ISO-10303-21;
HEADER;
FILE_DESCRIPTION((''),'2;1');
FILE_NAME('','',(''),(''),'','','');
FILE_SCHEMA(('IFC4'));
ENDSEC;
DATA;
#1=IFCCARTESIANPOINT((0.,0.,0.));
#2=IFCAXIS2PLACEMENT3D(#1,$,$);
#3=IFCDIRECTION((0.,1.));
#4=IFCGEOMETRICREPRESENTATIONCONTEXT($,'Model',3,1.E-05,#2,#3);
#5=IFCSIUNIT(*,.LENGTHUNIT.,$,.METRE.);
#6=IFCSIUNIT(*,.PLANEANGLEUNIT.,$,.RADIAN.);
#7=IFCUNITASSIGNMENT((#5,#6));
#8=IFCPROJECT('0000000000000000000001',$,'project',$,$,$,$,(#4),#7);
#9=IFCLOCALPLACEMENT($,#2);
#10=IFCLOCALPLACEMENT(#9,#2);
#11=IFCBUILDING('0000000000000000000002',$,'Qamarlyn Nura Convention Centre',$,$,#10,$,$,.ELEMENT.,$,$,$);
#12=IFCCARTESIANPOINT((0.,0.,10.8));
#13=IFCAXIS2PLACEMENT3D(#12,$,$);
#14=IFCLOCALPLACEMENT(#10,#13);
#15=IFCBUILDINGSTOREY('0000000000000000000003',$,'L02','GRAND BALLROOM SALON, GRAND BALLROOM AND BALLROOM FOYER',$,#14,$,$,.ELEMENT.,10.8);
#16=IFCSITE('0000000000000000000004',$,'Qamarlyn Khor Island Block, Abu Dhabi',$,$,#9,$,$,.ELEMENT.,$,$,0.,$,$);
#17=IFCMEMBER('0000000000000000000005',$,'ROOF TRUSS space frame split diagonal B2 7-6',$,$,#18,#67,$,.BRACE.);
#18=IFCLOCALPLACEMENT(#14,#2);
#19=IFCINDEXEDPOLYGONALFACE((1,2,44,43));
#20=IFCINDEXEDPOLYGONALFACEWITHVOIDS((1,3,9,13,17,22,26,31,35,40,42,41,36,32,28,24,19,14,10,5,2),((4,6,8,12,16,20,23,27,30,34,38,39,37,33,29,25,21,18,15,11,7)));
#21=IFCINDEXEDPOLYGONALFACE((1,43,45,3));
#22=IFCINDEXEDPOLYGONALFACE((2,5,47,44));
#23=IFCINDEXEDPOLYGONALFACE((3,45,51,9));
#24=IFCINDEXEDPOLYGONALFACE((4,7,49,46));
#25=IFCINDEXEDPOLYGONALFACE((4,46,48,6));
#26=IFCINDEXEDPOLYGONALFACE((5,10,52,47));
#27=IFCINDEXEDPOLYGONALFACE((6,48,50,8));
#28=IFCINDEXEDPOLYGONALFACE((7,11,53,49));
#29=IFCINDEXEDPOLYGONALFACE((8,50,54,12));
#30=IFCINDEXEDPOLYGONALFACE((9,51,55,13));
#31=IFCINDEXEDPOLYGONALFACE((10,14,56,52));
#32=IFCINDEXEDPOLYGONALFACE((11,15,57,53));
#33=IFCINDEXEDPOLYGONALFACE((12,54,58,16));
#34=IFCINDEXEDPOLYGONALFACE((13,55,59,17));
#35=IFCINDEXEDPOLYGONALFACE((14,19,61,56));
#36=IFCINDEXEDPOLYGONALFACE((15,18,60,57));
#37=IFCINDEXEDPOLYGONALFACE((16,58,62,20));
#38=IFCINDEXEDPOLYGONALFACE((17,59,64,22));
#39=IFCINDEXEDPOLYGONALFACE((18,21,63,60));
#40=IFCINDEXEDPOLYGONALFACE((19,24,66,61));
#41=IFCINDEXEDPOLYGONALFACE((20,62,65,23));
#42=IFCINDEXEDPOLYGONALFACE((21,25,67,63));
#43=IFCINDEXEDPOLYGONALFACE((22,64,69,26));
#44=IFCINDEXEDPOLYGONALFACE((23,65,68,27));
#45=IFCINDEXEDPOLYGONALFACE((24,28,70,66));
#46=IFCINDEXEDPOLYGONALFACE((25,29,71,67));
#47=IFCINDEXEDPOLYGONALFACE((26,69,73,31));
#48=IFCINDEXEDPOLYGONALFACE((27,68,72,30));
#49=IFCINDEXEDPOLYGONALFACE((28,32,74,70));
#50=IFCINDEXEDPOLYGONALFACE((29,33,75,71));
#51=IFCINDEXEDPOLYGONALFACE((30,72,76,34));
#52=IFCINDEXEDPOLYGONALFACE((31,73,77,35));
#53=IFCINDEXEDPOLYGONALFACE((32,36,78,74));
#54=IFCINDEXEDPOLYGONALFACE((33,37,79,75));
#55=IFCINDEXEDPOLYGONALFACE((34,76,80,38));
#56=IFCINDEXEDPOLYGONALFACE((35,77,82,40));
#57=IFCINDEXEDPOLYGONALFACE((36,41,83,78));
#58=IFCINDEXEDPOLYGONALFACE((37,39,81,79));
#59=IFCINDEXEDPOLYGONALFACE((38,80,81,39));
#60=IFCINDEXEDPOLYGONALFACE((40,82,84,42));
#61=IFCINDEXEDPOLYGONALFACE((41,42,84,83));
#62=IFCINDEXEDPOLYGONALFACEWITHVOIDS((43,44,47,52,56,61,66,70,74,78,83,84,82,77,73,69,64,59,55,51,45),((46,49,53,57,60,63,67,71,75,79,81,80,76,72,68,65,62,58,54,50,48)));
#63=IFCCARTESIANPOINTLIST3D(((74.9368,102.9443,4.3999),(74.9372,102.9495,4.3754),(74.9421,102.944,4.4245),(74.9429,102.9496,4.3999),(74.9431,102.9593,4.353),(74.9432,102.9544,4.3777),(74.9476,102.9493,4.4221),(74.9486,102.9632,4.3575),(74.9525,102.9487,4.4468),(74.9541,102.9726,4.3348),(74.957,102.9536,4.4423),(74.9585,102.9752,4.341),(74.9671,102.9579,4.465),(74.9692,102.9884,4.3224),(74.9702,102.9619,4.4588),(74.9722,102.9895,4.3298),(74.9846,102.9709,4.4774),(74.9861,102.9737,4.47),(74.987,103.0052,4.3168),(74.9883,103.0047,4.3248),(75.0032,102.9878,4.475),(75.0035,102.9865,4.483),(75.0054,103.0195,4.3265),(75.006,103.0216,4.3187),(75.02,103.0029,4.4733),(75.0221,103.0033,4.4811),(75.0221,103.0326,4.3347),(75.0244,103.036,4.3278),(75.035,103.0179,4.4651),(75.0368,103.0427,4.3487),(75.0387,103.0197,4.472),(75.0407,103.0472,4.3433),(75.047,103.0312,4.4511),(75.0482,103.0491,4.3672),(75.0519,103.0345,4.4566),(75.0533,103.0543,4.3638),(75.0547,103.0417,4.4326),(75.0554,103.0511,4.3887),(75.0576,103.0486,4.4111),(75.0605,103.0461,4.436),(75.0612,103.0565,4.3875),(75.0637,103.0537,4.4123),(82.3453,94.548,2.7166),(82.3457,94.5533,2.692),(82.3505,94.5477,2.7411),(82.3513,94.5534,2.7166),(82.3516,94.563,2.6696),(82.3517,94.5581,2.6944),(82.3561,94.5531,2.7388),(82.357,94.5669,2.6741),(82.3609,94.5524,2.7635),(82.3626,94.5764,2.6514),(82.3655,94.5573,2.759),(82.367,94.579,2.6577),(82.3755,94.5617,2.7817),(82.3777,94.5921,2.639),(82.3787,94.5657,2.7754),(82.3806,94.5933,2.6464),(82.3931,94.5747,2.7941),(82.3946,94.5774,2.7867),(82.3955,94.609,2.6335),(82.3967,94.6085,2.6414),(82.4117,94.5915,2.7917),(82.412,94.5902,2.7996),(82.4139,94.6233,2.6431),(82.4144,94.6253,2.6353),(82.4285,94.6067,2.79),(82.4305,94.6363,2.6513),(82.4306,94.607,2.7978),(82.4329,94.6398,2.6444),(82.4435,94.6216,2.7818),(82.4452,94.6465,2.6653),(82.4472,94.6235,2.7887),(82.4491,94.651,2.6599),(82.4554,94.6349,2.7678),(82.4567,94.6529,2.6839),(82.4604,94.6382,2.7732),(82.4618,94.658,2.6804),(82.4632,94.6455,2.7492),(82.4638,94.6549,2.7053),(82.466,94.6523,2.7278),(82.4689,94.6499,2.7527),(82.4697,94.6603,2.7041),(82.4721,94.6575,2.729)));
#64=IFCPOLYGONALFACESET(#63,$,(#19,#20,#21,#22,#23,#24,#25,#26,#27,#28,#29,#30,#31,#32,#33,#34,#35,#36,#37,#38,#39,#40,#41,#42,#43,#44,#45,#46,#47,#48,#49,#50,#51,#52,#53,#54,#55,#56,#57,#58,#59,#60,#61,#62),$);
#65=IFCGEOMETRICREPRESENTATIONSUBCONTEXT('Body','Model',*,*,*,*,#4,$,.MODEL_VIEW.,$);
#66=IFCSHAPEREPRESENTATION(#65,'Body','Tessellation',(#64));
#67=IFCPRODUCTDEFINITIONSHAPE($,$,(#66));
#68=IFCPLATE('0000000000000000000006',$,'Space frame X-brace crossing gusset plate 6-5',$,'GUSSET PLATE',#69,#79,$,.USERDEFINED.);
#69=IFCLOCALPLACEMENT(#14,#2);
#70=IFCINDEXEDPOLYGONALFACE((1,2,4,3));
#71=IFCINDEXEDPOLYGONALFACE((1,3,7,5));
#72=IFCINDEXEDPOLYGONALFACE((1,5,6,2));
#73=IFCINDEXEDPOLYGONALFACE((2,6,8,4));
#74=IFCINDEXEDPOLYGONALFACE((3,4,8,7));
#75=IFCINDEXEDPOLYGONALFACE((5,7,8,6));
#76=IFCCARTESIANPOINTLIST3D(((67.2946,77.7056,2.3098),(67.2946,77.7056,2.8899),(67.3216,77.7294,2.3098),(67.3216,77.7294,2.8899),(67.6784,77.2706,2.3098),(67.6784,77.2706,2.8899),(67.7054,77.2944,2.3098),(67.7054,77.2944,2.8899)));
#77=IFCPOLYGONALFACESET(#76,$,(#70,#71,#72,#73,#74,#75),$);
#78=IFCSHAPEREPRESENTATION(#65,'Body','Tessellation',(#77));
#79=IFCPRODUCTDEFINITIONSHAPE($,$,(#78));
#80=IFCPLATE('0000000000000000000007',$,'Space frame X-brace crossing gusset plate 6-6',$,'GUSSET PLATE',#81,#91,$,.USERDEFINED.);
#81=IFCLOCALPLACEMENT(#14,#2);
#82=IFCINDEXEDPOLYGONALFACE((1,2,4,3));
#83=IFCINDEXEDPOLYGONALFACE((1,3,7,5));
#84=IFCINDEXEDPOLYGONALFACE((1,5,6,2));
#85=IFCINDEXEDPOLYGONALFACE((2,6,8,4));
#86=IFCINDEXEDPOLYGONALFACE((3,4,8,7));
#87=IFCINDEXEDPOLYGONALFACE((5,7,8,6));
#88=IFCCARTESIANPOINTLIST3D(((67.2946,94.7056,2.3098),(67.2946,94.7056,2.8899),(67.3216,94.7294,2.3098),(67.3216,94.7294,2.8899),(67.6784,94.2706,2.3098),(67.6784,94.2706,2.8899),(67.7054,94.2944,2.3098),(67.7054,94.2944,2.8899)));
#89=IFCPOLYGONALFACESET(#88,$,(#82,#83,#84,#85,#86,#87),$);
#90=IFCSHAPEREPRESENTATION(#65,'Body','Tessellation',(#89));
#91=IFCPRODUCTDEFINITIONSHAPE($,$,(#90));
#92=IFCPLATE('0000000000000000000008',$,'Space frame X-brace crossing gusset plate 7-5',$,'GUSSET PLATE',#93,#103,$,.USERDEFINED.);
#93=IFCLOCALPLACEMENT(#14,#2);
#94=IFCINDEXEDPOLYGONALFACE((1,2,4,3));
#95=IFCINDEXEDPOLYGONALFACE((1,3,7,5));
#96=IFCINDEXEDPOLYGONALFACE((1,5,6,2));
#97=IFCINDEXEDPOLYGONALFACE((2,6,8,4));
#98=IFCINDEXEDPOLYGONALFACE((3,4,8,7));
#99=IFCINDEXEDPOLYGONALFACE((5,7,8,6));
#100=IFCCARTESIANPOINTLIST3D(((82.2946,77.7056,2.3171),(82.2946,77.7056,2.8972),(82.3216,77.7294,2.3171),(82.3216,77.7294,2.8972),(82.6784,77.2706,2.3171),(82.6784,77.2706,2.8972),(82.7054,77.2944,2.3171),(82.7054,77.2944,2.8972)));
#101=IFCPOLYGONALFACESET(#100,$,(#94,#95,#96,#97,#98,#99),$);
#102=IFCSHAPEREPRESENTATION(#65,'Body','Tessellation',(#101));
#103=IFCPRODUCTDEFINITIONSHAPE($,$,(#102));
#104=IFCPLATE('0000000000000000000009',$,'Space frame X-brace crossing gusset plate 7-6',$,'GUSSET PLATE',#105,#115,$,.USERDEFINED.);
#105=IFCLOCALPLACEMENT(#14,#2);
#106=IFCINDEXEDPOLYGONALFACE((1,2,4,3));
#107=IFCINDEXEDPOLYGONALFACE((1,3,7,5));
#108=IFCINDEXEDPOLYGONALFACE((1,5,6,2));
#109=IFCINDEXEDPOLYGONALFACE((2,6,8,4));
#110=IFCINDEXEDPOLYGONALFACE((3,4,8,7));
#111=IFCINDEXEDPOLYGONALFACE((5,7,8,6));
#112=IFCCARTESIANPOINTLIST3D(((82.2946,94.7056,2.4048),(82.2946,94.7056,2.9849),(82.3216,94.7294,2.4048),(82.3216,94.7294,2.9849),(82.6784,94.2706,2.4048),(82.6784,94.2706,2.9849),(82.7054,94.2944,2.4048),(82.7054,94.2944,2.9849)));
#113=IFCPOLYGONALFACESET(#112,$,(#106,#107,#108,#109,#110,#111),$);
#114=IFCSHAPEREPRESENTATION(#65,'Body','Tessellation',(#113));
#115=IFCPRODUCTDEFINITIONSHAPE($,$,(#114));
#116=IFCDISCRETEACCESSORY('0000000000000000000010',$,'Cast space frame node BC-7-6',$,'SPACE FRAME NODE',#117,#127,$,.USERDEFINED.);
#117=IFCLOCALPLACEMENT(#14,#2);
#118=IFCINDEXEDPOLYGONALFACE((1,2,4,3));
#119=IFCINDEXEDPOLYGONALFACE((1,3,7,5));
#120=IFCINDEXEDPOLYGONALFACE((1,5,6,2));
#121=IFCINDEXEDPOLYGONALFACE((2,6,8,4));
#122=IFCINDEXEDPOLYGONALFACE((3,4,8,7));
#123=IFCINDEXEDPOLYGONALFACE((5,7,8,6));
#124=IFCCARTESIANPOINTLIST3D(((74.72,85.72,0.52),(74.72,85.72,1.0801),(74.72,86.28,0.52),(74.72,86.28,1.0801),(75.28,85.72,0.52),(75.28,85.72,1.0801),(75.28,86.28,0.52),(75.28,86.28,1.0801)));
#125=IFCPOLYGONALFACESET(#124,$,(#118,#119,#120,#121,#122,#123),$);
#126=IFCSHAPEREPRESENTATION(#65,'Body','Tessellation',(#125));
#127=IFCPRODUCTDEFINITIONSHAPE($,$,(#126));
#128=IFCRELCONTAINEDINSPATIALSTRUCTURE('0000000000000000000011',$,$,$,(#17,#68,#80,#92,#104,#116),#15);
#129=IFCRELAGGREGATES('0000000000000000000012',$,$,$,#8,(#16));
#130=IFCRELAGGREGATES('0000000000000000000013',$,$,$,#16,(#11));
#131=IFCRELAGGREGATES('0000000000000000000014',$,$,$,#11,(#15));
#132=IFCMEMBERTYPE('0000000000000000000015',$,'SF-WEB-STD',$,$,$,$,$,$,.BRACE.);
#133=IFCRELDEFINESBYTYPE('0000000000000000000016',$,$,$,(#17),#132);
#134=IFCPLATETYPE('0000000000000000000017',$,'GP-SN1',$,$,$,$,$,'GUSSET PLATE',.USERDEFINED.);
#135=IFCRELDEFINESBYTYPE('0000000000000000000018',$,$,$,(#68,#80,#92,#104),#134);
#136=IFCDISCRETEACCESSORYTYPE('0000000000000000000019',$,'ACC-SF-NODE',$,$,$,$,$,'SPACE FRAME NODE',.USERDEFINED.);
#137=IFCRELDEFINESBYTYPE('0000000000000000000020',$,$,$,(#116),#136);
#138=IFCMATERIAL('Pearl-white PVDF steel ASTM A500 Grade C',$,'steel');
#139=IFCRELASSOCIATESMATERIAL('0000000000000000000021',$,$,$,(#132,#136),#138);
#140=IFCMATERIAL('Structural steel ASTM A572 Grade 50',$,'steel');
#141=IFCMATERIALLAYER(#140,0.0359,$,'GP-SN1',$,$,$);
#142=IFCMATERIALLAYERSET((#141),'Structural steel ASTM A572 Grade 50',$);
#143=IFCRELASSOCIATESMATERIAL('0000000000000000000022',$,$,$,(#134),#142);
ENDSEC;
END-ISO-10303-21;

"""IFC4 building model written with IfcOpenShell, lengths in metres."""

from ifc_helpers import new_model, si_unit, direction, frame, origin, origin_2d, place, context, subcontext, project, spatial, rectangle, hollow_circle, extrude, material, layer, layer_set, material_profile, profile_set, type_object, element, save


model = new_model("IFC4")

# Units and contexts
model_context = context("Model", 3, precision=1e-05, world=origin(), true_north=direction((0.0, 1.0)))
body_context = subcontext(model_context, "Body", "Model", "MODEL_VIEW")
ifc_project = project(units=[si_unit("LENGTHUNIT", "METRE"), si_unit("PLANEANGLEUNIT", "RADIAN")], contexts=[model_context])

# Site, building, storey
site_placement = place(None, origin())
site = spatial("IfcSite", under=ifc_project, at=site_placement, Name="Qamarlyn Khor Island Block, Abu Dhabi", CompositionType="ELEMENT", RefElevation=0.0)
building_placement = place(site_placement, origin())
building = spatial("IfcBuilding", under=site, at=building_placement, Name="Qamarlyn Nura Convention Centre", CompositionType="ELEMENT")
storey_placement = place(building_placement, frame((0.0, 0.0, 10.8)))
storey = spatial("IfcBuildingStorey", under=building, at=storey_placement, Name="L02", Description="GRAND BALLROOM SALON, GRAND BALLROOM AND BALLROOM FOYER", CompositionType="ELEMENT", Elevation=10.8)

# Member
ifc_material_1 = material(Name="Pearl-white PVDF steel ASTM A500 Grade C", Category="steel")
ifc_material_profile_1 = material_profile(ifc_material_1, hollow_circle(Radius=0.0842, WallThickness=0.0081, at=origin_2d()), Name="CHS168.3X8")
ifc_profile_set_1 = profile_set([ifc_material_profile_1], Name="Pearl-white PVDF steel ASTM A500 Grade C")
member_type_1 = type_object("IfcMemberType", Name="SF-WEB-STD", PredefinedType="BRACE", material=ifc_profile_set_1)
member_1_placement = place(storey_placement, frame((82.4084, 94.6038, 2.7166), z_axis=(-0.65427, 0.741506, 0.148663), x_axis=(-0.749838, -0.661622, 0.0)))
element("IfcMember", 1, at=member_1_placement, inside=storey, type_object=member_type_1, Name="ROOF TRUSS space frame split diagonal B2 7-6", PredefinedType="BRACE", context=body_context, shape_type="SweptSolid", body=[
    extrude(hollow_circle(Radius=0.0842, WallThickness=0.0081, at=origin_2d()), origin(), (0.0, 0.0, 1.0), 11.3232),
])

# Plates
ifc_material_2 = material(Name="Structural steel ASTM A572 Grade 50", Category="steel")
ifc_layer = layer(ifc_material_2, 0.0359, Name="GP-SN1")
ifc_layer_set = layer_set([ifc_layer], Name="Structural steel ASTM A572 Grade 50")
plate_type = type_object("IfcPlateType", Name="GP-SN1", ElementType="GUSSET PLATE", PredefinedType="USERDEFINED", material=ifc_layer_set)
for number, where, z_axis, x_axis, name in (
    (2, (67.5, 77.5, 2.3098), (0.0, 0.0, 1.0), (-0.661622, 0.749837, 0.0), "Space frame X-brace crossing gusset plate 6-5"),
    (3, (67.5, 94.5, 2.3098), (0.0, 0.0, 1.0), (-0.661622, 0.749837, 0.0), "Space frame X-brace crossing gusset plate 6-6"),
    (4, (82.5, 77.5, 2.3171), (0.0, 0.0, 1.0), (-0.661622, 0.749837, 0.0), "Space frame X-brace crossing gusset plate 7-5"),
    (5, (82.5, 94.5, 2.4048), (0.0, 0.0, 1.0), (-0.661622, 0.749837, 0.0), "Space frame X-brace crossing gusset plate 7-6"),
):
    element("IfcPlate", number, at=place(storey_placement, frame(where, z_axis=z_axis, x_axis=x_axis)), inside=storey, type_object=plate_type, Name=name, ObjectType="GUSSET PLATE", PredefinedType="USERDEFINED", context=body_context, shape_type="SweptSolid", body=[
        extrude(rectangle(XDim=0.5801, YDim=0.0359, at=origin_2d()), origin(), (0.0, 0.0, 1.0), 0.5801),
    ])

# Discrete accessory
discrete_accessory_type = type_object("IfcDiscreteAccessoryType", Name="ACC-SF-NODE", ElementType="SPACE FRAME NODE", PredefinedType="USERDEFINED", material=ifc_material_1)
discrete_accessory_placement = place(storey_placement, frame((75.0, 86.0, 0.52), z_axis=(0.0, 0.0, 1.0), x_axis=(1.0, 0.0, 0.0)))
element("IfcDiscreteAccessory", 6, at=discrete_accessory_placement, inside=storey, type_object=discrete_accessory_type, Name="Cast space frame node BC-7-6", ObjectType="SPACE FRAME NODE", PredefinedType="USERDEFINED", context=body_context, shape_type="SweptSolid", body=[
    extrude(rectangle(XDim=0.5601, YDim=0.5601, at=origin_2d()), origin(), (0.0, 0.0, 1.0), 0.5601),
])

save(model, "model.ifc")
